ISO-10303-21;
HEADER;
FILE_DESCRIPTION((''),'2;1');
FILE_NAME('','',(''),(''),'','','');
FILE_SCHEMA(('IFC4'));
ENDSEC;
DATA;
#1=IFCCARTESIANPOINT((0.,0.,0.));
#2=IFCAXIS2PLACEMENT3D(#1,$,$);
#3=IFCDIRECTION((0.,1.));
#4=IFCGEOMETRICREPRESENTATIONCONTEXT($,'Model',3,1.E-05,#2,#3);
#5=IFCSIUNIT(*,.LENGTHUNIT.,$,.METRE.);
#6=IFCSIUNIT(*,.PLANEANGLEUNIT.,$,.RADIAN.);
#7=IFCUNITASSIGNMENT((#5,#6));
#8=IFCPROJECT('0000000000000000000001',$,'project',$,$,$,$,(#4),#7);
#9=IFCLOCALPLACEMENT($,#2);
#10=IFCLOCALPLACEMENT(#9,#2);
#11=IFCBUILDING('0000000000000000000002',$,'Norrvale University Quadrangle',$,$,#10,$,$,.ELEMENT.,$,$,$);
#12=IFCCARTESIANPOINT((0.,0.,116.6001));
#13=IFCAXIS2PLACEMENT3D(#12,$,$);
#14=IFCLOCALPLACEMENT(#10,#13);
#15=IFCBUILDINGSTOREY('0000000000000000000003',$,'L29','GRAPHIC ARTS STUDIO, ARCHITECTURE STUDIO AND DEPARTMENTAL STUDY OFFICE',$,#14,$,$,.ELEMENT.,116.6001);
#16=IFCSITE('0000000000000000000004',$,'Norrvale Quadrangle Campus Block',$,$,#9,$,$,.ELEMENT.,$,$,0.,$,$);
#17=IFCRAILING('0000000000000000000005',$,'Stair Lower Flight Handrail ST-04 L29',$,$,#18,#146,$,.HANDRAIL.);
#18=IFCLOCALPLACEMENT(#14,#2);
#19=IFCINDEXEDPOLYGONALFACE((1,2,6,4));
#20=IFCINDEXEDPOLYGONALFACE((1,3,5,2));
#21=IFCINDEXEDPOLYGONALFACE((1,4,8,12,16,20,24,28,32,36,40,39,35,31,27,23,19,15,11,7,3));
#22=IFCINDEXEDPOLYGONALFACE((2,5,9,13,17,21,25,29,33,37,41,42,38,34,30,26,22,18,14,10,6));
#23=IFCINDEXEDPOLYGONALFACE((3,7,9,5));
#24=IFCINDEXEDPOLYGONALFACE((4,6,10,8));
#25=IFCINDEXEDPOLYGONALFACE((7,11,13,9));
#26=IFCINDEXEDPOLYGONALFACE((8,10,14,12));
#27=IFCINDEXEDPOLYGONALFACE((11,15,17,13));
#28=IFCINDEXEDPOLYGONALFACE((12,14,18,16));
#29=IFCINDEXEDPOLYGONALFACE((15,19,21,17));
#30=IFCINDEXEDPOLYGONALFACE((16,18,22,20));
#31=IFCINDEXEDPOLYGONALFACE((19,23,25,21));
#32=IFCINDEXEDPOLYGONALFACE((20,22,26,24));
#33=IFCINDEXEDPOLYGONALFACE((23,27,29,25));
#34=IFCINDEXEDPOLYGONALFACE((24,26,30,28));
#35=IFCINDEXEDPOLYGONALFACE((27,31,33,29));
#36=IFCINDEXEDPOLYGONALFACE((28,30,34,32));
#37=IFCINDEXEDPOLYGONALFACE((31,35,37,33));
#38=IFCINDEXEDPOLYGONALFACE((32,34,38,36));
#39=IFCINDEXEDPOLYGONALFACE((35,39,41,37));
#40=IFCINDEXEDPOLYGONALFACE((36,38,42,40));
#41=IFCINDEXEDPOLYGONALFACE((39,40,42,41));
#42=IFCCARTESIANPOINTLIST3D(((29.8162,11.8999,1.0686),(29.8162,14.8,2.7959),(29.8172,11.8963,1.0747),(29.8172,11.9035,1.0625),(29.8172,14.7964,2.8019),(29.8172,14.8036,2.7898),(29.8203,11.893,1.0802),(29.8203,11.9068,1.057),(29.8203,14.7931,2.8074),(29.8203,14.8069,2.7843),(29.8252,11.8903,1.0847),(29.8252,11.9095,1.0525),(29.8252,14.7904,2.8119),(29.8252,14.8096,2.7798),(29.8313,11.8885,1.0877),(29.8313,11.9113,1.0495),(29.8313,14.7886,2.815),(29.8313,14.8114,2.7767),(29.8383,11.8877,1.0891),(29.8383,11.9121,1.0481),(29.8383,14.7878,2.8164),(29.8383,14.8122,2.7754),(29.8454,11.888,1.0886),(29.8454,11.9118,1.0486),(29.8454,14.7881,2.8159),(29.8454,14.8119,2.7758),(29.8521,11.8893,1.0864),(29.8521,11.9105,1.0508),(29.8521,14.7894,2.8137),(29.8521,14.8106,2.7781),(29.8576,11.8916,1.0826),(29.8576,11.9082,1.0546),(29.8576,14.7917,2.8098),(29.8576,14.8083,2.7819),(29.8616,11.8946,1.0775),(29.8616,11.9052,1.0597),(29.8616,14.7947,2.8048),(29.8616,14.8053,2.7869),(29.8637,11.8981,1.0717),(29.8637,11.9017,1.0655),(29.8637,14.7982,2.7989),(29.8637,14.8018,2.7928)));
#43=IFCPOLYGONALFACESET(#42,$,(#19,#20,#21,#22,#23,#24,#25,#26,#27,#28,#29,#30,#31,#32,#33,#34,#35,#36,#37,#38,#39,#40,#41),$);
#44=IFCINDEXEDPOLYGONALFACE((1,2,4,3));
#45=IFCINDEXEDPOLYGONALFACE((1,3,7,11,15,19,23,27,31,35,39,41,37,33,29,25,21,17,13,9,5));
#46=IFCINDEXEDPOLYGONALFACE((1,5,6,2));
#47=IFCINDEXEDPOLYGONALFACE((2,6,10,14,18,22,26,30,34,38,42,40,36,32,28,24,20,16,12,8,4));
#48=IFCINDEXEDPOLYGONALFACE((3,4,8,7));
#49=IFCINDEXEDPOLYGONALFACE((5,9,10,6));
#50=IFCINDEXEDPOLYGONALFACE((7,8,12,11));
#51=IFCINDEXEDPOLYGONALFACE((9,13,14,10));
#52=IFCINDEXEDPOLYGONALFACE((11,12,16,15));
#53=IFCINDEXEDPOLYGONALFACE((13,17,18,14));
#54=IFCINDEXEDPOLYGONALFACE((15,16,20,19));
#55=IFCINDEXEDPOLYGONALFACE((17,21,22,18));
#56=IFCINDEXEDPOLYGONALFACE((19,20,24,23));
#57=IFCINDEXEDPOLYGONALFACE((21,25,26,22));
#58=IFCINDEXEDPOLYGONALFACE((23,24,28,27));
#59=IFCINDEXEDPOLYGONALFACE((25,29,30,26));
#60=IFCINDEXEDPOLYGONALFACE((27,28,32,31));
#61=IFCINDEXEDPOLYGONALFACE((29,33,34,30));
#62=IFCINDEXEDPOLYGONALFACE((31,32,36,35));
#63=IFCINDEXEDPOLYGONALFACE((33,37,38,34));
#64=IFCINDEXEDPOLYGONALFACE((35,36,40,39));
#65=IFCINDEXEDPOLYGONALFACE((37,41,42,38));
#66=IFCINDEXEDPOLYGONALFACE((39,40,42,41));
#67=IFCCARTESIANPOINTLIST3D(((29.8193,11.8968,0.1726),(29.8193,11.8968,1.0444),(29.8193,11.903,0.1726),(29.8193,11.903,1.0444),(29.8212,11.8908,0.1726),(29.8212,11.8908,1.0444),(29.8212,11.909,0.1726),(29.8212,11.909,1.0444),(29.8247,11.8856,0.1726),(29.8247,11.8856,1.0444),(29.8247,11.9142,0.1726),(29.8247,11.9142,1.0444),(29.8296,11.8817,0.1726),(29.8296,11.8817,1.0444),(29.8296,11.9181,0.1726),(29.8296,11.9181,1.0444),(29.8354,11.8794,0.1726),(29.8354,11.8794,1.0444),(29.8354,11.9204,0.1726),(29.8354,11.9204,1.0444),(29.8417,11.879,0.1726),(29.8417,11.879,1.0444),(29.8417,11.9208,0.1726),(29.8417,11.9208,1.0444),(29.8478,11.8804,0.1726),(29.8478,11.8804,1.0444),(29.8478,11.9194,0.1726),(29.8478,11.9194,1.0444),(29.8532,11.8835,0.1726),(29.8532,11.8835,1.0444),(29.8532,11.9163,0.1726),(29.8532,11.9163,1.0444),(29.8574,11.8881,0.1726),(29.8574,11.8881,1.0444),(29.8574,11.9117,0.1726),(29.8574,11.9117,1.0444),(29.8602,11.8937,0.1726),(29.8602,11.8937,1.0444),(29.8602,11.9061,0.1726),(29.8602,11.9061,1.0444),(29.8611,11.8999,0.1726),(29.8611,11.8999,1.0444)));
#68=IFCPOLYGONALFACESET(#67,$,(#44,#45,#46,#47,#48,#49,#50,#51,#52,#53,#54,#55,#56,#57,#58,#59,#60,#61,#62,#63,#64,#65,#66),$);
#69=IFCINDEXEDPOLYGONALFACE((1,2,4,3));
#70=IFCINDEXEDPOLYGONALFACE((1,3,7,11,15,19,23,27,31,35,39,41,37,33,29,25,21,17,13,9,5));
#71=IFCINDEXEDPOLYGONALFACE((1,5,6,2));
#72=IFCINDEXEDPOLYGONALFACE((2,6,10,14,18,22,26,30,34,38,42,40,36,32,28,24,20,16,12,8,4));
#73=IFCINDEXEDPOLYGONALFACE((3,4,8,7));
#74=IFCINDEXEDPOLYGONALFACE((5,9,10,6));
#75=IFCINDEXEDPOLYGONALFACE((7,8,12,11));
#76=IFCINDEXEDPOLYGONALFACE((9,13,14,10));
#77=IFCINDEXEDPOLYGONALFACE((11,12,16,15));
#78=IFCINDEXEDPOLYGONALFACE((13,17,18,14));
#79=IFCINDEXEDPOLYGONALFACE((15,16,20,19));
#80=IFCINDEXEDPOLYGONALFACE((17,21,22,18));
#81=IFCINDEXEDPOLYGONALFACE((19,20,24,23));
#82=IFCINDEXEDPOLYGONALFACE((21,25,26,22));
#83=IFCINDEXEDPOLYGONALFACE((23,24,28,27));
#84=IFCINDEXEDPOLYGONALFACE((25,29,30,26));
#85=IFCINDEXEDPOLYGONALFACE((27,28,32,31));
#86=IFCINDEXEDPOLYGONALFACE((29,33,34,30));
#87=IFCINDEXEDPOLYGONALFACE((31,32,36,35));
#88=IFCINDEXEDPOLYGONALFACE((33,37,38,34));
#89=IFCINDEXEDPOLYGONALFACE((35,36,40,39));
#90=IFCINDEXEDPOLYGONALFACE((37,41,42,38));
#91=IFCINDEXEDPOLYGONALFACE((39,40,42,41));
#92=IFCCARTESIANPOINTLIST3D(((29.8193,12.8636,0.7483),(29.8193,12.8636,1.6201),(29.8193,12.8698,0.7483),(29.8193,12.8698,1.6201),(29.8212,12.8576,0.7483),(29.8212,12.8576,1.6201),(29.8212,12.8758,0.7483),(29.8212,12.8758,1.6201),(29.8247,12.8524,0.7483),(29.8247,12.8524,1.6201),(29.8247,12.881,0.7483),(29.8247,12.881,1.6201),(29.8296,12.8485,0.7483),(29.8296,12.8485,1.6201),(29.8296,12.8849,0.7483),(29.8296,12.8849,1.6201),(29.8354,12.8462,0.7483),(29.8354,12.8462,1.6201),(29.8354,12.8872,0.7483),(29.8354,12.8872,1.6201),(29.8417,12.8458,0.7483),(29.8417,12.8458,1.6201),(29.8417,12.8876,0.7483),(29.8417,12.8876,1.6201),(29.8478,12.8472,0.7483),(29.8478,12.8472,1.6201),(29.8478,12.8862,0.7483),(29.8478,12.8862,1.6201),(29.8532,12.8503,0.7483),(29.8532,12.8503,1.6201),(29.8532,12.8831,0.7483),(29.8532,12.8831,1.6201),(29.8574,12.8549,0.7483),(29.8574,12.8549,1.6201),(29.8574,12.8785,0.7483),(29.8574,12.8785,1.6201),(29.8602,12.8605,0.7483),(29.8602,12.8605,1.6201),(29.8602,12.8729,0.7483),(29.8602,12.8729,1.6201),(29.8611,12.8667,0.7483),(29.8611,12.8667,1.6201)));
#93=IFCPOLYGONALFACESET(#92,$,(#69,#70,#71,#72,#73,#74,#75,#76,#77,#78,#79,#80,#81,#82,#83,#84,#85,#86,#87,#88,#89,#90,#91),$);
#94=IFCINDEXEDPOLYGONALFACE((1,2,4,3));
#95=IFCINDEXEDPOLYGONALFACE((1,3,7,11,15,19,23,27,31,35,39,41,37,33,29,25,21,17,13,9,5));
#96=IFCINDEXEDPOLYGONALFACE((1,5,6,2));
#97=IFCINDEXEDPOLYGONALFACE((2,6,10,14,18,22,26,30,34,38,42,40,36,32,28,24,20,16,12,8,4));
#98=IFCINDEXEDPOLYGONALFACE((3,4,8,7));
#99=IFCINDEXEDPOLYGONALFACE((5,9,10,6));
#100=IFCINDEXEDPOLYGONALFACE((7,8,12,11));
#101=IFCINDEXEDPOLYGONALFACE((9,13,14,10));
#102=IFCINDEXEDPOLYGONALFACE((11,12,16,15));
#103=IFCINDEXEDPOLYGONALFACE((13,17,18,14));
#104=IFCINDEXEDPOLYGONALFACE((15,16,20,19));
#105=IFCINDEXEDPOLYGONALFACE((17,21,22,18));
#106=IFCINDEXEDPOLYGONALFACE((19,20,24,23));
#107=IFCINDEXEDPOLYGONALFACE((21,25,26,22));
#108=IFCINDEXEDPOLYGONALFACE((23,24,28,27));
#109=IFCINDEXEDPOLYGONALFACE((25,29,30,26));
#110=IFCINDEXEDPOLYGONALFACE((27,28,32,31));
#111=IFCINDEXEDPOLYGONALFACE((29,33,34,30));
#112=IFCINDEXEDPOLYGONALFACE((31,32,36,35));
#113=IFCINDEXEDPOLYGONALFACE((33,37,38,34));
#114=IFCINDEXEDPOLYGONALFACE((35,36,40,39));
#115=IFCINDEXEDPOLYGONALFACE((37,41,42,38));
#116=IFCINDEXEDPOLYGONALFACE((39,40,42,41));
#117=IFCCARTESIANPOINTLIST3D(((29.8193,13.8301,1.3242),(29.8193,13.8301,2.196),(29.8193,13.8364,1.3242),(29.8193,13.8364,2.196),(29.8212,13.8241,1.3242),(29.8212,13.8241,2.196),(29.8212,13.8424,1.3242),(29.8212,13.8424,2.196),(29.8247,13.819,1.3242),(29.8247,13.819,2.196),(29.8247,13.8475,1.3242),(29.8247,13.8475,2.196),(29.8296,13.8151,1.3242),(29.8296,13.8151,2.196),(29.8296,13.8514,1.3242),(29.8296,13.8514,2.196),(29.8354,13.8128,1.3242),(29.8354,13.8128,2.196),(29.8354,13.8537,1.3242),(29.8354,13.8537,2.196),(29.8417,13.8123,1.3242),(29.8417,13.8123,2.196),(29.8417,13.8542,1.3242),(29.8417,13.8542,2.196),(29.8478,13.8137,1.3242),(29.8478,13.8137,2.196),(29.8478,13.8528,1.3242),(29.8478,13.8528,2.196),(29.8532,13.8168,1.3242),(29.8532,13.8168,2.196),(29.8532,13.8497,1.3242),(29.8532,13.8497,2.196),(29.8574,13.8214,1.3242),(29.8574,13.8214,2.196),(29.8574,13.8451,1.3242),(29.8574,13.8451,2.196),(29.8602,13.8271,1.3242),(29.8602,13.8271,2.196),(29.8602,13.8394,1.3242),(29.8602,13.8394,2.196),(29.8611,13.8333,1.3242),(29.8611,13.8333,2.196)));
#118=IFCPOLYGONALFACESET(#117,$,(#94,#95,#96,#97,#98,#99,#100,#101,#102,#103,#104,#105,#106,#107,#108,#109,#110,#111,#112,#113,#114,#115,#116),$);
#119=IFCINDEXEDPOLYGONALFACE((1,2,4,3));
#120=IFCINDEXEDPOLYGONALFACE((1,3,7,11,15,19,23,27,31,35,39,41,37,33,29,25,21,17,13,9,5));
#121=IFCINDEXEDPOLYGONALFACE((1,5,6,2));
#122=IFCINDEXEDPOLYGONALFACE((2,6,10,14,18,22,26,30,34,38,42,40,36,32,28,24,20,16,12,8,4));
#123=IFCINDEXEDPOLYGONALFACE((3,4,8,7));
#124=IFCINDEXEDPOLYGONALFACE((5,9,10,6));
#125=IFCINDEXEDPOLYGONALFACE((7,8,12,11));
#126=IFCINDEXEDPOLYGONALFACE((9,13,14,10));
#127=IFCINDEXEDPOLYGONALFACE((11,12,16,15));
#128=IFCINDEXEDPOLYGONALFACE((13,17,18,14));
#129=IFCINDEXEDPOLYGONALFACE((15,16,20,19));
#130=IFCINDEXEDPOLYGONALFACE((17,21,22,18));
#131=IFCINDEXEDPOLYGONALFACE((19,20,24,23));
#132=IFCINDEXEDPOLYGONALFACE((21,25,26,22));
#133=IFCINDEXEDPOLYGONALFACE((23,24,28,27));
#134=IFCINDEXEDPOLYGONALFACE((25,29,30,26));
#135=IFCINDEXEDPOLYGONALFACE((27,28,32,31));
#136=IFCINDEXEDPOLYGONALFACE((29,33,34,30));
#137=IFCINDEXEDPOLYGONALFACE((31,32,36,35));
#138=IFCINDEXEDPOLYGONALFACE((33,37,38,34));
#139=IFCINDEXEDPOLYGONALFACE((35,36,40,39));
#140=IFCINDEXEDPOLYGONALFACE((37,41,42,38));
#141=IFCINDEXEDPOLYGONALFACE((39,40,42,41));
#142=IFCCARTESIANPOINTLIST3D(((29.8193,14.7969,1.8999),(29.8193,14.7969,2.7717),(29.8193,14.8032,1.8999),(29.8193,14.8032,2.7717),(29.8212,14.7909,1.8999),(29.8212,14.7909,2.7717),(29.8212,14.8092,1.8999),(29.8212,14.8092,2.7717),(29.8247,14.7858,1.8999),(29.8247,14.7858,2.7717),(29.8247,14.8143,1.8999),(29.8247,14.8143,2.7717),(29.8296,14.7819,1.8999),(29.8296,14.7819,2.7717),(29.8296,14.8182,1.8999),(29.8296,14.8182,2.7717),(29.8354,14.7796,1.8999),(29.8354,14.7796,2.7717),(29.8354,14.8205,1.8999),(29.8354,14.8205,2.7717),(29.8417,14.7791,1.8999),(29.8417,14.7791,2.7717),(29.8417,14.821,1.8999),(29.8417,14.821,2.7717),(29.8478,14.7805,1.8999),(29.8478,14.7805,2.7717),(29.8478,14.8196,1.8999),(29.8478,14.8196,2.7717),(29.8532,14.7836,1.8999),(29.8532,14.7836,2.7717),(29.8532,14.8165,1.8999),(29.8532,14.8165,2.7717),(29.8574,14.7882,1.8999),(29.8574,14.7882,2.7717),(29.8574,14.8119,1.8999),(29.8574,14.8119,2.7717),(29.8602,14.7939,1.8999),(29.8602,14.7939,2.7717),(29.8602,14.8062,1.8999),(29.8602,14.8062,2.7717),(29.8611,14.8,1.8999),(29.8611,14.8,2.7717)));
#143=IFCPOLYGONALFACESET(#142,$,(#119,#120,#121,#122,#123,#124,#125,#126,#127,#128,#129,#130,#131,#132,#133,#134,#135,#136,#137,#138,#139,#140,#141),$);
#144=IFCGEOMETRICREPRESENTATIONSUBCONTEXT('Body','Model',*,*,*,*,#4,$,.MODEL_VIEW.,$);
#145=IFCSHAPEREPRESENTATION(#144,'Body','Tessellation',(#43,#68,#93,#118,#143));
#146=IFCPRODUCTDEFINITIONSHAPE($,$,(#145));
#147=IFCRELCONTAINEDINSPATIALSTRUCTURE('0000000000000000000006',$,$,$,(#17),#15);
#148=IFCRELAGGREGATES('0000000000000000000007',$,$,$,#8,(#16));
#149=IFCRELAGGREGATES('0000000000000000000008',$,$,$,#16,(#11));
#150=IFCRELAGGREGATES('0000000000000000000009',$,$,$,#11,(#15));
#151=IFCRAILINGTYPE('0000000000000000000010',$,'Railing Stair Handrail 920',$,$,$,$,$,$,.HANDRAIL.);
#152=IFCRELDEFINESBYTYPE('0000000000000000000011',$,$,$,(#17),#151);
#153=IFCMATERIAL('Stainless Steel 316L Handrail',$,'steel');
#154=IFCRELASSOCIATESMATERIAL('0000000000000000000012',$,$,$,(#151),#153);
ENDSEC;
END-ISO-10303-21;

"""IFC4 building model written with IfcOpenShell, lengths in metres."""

from ifc_helpers import new_model, si_unit, direction, frame, origin, origin_2d, place, context, subcontext, project, spatial, circle, extrude, material, type_object, element, save


model = new_model("IFC4")

# Units and contexts
model_context = context("Model", 3, precision=1e-05, world=origin(), true_north=direction((0.0, 1.0)))
body_context = subcontext(model_context, "Body", "Model", "MODEL_VIEW")
ifc_project = project(units=[si_unit("LENGTHUNIT", "METRE"), si_unit("PLANEANGLEUNIT", "RADIAN")], contexts=[model_context])

# Site, building, storey
site_placement = place(None, origin())
site = spatial("IfcSite", under=ifc_project, at=site_placement, Name="Norrvale Quadrangle Campus Block", CompositionType="ELEMENT", RefElevation=0.0)
building_placement = place(site_placement, origin())
building = spatial("IfcBuilding", under=site, at=building_placement, Name="Norrvale University Quadrangle", CompositionType="ELEMENT")
storey_placement = place(building_placement, frame((0.0, 0.0, 116.6001)))
storey = spatial("IfcBuildingStorey", under=building, at=storey_placement, Name="L29", Description="GRAPHIC ARTS STUDIO, ARCHITECTURE STUDIO AND DEPARTMENTAL STUDY OFFICE", CompositionType="ELEMENT", Elevation=116.6001)

# Railing
ifc_material_1 = material(Name="Stainless Steel 316L Handrail", Category="steel")
railing_type_1 = type_object("IfcRailingType", Name="Railing Stair Handrail 920", PredefinedType="HANDRAIL", material=ifc_material_1)
railing_1_placement = place(storey_placement, frame((29.8401, 11.8999, 0.1726)))
element("IfcRailing", 1, at=railing_1_placement, inside=storey, type_object=railing_type_1, Name="Stair Lower Flight Handrail ST-04 L29", PredefinedType="HANDRAIL", context=body_context, shape_type="SweptSolid", body=[
    extrude(circle(Radius=0.0239, at=origin_2d()), frame((0.0, 0.0, 0.896), z_axis=(0.0, 0.85916, 0.511706), x_axis=(-1.0, 0.0, 0.0)), (0.0, 0.0, 1.0), 3.3755),
    extrude(circle(Radius=0.021, at=origin_2d()), origin(), (0.0, 0.0, 1.0), 0.8718),
    extrude(circle(Radius=0.021, at=origin_2d()), frame((0.0, 0.9668, 0.5757)), (0.0, 0.0, 1.0), 0.8718),
    extrude(circle(Radius=0.021, at=origin_2d()), frame((0.0, 1.9333, 1.1516)), (0.0, 0.0, 1.0), 0.8718),
    extrude(circle(Radius=0.021, at=origin_2d()), frame((0.0, 2.9001, 1.7273)), (0.0, 0.0, 1.0), 0.8718),
])

save(model, "model.ifc")
